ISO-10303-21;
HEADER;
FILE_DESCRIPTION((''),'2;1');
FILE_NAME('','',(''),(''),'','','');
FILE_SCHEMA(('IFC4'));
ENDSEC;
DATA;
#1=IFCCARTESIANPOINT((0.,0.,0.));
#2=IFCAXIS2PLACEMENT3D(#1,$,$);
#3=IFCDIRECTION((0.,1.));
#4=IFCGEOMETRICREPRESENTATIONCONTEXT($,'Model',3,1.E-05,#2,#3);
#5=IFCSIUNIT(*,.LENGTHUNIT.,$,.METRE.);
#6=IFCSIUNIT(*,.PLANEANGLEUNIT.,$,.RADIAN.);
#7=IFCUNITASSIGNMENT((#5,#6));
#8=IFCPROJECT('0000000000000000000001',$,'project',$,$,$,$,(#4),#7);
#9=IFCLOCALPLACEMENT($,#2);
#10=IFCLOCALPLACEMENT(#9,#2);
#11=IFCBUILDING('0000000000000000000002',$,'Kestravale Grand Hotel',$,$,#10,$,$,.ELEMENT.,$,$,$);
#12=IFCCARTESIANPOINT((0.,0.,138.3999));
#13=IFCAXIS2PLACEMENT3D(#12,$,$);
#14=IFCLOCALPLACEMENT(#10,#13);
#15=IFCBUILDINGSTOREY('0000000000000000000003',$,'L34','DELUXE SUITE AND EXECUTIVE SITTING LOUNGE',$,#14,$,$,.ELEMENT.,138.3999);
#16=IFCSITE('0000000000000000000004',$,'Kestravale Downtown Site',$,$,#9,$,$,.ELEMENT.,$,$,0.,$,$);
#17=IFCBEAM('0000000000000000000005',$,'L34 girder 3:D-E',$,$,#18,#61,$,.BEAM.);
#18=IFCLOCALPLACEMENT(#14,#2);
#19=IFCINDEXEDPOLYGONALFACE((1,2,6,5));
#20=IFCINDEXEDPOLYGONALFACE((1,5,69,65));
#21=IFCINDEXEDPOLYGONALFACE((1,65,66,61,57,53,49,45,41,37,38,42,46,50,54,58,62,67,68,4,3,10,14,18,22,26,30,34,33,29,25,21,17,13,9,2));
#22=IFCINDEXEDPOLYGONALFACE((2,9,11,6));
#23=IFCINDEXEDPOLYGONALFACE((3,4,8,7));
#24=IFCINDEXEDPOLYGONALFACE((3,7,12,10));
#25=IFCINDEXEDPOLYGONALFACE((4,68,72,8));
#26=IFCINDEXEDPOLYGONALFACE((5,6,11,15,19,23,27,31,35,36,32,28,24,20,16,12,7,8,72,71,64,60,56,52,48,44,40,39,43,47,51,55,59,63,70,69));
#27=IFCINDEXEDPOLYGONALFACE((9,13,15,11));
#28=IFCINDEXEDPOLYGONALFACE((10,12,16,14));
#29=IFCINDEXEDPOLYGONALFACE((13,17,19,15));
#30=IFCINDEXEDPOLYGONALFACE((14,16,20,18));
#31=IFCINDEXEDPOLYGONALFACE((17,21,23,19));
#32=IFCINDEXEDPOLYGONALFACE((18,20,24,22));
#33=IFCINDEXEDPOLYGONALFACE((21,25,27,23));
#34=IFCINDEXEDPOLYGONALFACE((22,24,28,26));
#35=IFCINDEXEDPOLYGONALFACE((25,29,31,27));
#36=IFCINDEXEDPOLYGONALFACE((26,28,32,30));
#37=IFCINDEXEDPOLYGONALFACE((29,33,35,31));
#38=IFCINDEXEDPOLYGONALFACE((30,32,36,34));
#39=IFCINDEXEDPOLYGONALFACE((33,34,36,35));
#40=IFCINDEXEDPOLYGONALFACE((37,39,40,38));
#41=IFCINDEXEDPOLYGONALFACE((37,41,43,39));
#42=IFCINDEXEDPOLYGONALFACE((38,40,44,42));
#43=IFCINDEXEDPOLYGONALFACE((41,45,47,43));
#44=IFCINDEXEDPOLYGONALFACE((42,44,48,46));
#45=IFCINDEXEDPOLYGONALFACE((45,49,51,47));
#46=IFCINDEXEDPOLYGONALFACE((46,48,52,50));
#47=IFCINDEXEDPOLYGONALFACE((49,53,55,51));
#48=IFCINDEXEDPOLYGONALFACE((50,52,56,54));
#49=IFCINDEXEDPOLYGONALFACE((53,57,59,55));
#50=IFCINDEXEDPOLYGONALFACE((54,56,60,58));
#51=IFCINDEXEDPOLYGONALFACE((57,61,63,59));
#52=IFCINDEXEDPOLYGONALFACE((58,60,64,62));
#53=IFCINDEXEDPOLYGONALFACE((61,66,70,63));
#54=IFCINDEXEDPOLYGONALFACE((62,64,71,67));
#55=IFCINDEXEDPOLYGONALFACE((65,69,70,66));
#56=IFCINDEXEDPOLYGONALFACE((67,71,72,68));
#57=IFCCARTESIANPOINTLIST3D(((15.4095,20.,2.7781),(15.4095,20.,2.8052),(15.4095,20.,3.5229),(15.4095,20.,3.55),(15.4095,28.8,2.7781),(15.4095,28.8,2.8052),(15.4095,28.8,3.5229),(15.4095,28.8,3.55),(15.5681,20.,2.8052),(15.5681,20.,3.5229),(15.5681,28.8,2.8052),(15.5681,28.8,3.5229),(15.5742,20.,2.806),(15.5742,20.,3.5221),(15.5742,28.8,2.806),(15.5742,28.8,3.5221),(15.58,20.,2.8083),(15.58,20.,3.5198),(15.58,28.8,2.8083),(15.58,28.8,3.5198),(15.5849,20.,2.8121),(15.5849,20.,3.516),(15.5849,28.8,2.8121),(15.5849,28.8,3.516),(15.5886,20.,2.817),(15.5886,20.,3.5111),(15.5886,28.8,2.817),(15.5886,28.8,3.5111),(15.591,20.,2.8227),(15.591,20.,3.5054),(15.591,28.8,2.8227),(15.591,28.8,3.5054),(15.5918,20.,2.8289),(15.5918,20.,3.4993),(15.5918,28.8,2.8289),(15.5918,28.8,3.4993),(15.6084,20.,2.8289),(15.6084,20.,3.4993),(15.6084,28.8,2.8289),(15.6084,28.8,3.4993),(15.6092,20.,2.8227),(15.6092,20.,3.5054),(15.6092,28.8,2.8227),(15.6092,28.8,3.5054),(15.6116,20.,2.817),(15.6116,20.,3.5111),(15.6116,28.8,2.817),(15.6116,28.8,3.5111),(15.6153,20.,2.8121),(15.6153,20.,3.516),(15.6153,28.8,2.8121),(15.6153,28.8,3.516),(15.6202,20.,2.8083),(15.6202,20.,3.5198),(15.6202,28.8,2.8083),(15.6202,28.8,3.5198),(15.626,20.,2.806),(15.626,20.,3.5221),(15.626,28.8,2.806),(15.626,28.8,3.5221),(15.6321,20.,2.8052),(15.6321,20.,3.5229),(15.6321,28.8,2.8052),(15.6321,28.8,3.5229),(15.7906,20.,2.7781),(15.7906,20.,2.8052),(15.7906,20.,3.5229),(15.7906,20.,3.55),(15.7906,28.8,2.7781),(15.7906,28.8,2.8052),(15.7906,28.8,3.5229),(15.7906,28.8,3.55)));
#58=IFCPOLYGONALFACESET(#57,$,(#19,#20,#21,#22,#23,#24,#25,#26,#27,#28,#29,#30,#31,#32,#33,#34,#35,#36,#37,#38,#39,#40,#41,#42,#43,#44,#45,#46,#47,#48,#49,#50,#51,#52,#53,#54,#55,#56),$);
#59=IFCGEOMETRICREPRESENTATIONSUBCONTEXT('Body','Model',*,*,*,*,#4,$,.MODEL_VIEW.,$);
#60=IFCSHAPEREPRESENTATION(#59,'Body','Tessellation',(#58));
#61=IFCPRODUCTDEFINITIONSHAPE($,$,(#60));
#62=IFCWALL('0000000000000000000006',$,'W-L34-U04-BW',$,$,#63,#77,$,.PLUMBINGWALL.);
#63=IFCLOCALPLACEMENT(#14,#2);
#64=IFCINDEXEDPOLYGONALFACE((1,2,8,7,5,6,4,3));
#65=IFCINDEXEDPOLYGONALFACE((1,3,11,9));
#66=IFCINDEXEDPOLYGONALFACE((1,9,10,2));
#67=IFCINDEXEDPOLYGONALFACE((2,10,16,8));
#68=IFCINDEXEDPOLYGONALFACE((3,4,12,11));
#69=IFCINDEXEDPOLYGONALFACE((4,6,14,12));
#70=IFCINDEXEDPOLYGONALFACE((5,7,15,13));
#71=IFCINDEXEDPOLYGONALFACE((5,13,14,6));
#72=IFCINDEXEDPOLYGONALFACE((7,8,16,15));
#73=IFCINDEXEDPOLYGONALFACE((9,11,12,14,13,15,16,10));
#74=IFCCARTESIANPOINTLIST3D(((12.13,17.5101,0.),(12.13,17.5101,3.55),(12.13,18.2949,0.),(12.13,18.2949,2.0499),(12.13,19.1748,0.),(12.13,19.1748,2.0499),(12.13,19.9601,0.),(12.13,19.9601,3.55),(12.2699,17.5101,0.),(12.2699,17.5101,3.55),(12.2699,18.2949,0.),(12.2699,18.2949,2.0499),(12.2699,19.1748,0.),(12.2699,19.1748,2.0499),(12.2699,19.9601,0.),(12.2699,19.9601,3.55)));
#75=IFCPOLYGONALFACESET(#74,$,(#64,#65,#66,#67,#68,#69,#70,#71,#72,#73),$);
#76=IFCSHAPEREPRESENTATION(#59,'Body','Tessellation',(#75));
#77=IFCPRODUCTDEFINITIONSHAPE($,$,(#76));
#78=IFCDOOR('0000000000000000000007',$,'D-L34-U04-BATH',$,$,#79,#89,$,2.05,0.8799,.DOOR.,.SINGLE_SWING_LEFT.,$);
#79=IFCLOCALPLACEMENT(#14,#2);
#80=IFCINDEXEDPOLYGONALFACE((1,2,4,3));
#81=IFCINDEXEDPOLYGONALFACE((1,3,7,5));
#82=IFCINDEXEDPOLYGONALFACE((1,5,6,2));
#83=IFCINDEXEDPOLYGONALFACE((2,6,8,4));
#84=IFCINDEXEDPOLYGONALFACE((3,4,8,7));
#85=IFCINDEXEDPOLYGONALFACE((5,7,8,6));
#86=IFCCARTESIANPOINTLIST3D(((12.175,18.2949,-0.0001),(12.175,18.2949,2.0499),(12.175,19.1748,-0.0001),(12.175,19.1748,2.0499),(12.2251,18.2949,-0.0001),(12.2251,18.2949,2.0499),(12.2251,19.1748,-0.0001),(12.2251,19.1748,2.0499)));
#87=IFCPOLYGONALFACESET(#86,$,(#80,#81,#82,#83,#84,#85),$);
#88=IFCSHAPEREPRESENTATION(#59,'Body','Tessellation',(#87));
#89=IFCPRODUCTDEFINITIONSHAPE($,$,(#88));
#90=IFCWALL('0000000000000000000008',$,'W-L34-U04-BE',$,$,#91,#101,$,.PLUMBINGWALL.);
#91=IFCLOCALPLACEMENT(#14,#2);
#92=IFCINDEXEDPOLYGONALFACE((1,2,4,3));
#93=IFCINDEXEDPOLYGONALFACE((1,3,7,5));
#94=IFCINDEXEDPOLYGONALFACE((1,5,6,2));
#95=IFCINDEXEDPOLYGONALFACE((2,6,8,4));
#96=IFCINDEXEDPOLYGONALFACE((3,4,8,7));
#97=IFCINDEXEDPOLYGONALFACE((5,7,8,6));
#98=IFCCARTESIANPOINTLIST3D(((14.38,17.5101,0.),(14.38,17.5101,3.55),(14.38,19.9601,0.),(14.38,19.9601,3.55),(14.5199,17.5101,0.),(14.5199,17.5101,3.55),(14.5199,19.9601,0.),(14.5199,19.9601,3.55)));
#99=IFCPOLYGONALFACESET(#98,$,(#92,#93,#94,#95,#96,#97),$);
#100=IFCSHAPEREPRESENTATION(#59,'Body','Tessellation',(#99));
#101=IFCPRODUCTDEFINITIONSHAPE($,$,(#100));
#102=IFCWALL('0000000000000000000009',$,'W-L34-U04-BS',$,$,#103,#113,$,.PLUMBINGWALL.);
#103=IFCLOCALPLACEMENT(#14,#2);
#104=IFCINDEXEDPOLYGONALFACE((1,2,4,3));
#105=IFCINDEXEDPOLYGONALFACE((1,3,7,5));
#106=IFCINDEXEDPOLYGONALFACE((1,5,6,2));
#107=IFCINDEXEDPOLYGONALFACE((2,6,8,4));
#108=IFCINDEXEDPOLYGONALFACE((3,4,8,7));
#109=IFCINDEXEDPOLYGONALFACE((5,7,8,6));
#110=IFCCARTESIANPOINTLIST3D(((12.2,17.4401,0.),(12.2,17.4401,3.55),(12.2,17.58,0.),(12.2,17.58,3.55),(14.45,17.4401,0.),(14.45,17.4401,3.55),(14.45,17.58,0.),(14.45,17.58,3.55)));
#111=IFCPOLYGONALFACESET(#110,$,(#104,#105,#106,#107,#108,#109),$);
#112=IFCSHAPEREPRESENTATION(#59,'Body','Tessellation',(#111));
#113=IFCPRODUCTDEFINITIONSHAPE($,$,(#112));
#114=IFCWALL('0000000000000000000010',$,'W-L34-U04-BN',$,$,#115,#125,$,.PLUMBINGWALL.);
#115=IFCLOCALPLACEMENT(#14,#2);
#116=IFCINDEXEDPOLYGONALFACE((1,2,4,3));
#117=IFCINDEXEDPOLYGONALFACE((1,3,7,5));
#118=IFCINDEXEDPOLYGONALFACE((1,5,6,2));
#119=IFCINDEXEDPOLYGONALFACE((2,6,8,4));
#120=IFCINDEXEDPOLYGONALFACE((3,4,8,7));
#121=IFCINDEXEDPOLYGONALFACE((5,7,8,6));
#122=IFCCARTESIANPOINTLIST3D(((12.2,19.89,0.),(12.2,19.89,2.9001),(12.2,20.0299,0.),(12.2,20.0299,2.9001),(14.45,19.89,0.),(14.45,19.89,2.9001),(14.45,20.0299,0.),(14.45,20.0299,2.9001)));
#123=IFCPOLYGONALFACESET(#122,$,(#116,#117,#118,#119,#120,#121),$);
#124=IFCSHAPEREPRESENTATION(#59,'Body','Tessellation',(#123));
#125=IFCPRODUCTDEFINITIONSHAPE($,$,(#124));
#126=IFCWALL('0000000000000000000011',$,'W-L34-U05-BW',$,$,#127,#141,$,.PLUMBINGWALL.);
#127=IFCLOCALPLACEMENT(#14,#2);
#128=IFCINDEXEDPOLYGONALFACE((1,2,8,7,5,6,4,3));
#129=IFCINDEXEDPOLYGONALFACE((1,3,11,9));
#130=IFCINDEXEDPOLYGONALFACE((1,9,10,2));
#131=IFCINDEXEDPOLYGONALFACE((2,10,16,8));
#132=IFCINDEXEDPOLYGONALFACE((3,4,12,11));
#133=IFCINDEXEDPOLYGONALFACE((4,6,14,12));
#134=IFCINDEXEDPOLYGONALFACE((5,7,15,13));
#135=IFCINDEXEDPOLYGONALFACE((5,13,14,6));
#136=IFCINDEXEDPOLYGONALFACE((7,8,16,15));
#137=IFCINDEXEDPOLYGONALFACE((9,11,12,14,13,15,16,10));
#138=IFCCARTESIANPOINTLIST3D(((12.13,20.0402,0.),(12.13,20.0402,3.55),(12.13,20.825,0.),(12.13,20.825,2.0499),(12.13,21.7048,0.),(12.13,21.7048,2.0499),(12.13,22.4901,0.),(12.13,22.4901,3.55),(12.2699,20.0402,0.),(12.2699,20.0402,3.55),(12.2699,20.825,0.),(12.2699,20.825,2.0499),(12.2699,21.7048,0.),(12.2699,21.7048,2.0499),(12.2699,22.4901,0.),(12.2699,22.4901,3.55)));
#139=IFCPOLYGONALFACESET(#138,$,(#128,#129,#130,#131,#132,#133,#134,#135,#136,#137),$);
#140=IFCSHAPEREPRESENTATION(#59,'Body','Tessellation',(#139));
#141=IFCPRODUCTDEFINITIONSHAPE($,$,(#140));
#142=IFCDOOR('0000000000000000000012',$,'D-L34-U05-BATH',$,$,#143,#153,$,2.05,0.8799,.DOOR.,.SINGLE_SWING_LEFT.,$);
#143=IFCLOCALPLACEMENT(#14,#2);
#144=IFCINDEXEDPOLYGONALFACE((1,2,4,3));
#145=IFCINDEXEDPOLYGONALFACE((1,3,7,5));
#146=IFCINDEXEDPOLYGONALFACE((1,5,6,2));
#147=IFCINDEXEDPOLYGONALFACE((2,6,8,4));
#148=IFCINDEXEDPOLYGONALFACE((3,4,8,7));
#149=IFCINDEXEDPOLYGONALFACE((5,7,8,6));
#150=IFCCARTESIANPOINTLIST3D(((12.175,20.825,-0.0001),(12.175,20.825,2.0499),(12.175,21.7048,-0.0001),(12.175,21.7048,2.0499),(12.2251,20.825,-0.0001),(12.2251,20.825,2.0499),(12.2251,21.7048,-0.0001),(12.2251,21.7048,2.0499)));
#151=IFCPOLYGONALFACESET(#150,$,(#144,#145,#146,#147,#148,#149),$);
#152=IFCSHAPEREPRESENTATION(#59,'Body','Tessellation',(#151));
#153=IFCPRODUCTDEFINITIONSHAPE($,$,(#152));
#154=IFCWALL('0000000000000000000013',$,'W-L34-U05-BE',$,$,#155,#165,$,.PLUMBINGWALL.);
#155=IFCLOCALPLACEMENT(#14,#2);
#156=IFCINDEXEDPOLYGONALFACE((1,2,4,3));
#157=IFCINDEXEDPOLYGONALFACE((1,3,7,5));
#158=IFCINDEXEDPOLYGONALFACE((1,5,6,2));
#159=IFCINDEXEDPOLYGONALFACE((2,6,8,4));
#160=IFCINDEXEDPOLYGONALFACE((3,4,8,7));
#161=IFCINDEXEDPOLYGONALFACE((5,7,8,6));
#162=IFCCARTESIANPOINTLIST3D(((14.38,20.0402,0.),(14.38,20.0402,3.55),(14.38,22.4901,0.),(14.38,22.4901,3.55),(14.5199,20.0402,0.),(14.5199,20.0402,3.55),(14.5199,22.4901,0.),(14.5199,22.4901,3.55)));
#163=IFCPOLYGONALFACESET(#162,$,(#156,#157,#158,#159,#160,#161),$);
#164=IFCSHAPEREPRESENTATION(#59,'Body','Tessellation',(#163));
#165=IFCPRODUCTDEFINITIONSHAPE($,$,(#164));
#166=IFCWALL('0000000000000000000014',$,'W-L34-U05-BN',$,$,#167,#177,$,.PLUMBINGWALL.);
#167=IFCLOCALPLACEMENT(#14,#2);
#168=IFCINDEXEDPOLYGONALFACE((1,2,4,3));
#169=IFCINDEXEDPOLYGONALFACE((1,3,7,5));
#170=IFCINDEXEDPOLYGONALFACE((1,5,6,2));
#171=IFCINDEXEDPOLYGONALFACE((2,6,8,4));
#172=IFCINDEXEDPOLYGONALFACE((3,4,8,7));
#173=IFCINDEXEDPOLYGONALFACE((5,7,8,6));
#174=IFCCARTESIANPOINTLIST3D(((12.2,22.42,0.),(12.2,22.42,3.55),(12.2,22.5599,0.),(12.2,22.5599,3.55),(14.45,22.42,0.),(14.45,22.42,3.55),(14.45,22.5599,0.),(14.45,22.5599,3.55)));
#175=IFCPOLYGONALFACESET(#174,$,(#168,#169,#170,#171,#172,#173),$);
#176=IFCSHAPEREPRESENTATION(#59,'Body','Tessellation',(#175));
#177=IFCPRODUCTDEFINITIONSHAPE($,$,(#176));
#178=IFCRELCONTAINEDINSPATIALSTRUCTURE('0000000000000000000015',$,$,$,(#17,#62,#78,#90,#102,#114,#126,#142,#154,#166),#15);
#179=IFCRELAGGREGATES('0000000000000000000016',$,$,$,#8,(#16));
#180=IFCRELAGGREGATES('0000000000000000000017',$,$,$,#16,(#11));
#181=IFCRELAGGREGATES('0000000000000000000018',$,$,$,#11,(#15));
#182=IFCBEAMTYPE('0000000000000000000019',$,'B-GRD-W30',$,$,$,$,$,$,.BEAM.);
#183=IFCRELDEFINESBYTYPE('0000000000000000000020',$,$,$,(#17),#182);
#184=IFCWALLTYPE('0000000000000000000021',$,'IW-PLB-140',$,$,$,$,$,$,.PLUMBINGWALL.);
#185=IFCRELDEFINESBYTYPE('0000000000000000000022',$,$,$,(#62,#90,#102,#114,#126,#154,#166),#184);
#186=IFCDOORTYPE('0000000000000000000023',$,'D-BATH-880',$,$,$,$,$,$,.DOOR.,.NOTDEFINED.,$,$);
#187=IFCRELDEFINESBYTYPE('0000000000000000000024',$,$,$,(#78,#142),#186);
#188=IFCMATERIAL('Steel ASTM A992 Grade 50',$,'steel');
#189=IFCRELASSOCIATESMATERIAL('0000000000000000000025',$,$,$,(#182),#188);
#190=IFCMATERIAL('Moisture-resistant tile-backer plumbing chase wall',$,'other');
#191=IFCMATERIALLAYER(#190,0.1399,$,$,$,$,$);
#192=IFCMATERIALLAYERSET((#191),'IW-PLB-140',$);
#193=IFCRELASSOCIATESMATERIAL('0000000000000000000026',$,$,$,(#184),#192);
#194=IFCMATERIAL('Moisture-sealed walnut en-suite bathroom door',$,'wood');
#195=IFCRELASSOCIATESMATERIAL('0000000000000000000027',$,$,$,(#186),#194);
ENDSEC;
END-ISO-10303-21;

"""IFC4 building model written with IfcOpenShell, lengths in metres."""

from ifc_helpers import new_model, si_unit, direction, frame, frame_2d, origin, origin_2d, place, context, subcontext, project, spatial, rectangle, i_section, extrude, material, layer, layer_set, material_profile, profile_set, type_object, element, fill, save


model = new_model("IFC4")

# Units and contexts
model_context = context("Model", 3, precision=1e-05, world=origin(), true_north=direction((0.0, 1.0)))
body_context = subcontext(model_context, "Body", "Model", "MODEL_VIEW")
ifc_project = project(units=[si_unit("LENGTHUNIT", "METRE"), si_unit("PLANEANGLEUNIT", "RADIAN")], contexts=[model_context])

# Site, building, storey
site_placement = place(None, origin())
site = spatial("IfcSite", under=ifc_project, at=site_placement, Name="Kestravale Downtown Site", CompositionType="ELEMENT", RefElevation=0.0)
building_placement = place(site_placement, origin())
building = spatial("IfcBuilding", under=site, at=building_placement, Name="Kestravale Grand Hotel", CompositionType="ELEMENT")
storey_placement = place(building_placement, frame((0.0, 0.0, 138.3999)))
storey = spatial("IfcBuildingStorey", under=building, at=storey_placement, Name="L34", Description="DELUXE SUITE AND EXECUTIVE SITTING LOUNGE", CompositionType="ELEMENT", Elevation=138.3999)

# Beam
ifc_material_1 = material(Name="Steel ASTM A992 Grade 50", Category="steel")
ifc_material_profile_1 = material_profile(ifc_material_1, i_section(OverallWidth=0.3811, OverallDepth=0.772, WebThickness=0.0166, FlangeThickness=0.0271, FilletRadius=0.0237, at=origin_2d()))
ifc_profile_set_1 = profile_set([ifc_material_profile_1], Name="Steel ASTM A992 Grade 50")
beam_type_1 = type_object("IfcBeamType", Name="B-GRD-W30", PredefinedType="BEAM", material=ifc_profile_set_1)
beam_1_placement = place(storey_placement, frame((15.6001, 20.0, 3.1641), z_axis=(0.0, 1.0, 0.0), x_axis=(-1.0, 0.0, 0.0)))
element("IfcBeam", 1, at=beam_1_placement, inside=storey, type_object=beam_type_1, Name="L34 girder 3:D-E", PredefinedType="BEAM", context=body_context, shape_type="SweptSolid", body=[
    extrude(i_section(OverallWidth=0.3811, OverallDepth=0.772, WebThickness=0.0166, FlangeThickness=0.0271, FilletRadius=0.0237, at=origin_2d()), origin(), (0.0, 0.0, 1.0), 8.8),
])

# Wall, opening, door
ifc_material_2 = material(Name="Moisture-resistant tile-backer plumbing chase wall", Category="other")
ifc_layer_1 = layer(ifc_material_2, 0.1399)
ifc_layer_set_1 = layer_set([ifc_layer_1], Name="IW-PLB-140")
wall_type_1 = type_object("IfcWallType", Name="IW-PLB-140", PredefinedType="PLUMBINGWALL", material=ifc_layer_set_1)
wall_1_placement = place(storey_placement, frame((12.2, 17.51, 0.0), z_axis=(0.0, 0.0, 1.0), x_axis=(0.0, 1.0, 0.0)))
wall_1 = element("IfcWall", 2, at=wall_1_placement, inside=storey, type_object=wall_type_1, Name="W-L34-U04-BW", PredefinedType="PLUMBINGWALL", context=body_context, shape_type="SweptSolid", body=[
    extrude(rectangle(XDim=2.45, YDim=0.1399, at=frame_2d((1.2251, 0.0))), origin(), (0.0, 0.0, 1.0), 3.55),
])
opening_1_placement = place(wall_1_placement, frame((0.7849, 0.0, 0.0)))
opening_1 = element("IfcOpeningElement", 3, at=opening_1_placement, cuts=wall_1, PredefinedType="OPENING", context=body_context, shape_type="SweptSolid", body=[
    extrude(rectangle(XDim=0.8799, YDim=2.05, at=frame_2d((0.4399, 1.0249))), frame((0.0, 0.0798, 0.0), z_axis=(0.0, -1.0, 0.0), x_axis=(1.0, 0.0, 0.0)), (0.0, 0.0, 1.0), 0.1599),
])
ifc_material_3 = material(Name="Moisture-sealed walnut en-suite bathroom door", Category="wood")
door_type = type_object("IfcDoorType", Name="D-BATH-880", OperationType="NOTDEFINED", PredefinedType="DOOR", material=ifc_material_3)
door_1_placement = place(opening_1_placement, origin())
door_1 = element("IfcDoor", 4, at=door_1_placement, inside=storey, type_object=door_type, Name="D-L34-U04-BATH", OperationType="SINGLE_SWING_LEFT", OverallHeight=2.05, OverallWidth=0.8799, PredefinedType="DOOR", context=body_context, shape_type="SweptSolid", body=[
    extrude(rectangle(XDim=0.8799, YDim=2.05, at=frame_2d((0.4399, 1.0249))), frame((0.0, 0.0249, 0.0), z_axis=(0.0, -1.0, 0.0), x_axis=(1.0, 0.0, 0.0)), (0.0, 0.0, 1.0), 0.05),
])
fill(opening_1, door_1)

# Walls
wall_2_placement = place(storey_placement, frame((14.45, 17.51, 0.0), z_axis=(0.0, 0.0, 1.0), x_axis=(0.0, 1.0, 0.0)))
element("IfcWall", 5, at=wall_2_placement, inside=storey, type_object=wall_type_1, Name="W-L34-U04-BE", PredefinedType="PLUMBINGWALL", context=body_context, shape_type="SweptSolid", body=[
    extrude(rectangle(XDim=2.45, YDim=0.1399, at=frame_2d((1.2251, 0.0))), origin(), (0.0, 0.0, 1.0), 3.55),
])
wall_3_placement = place(storey_placement, frame((12.2, 17.51, 0.0), z_axis=(0.0, 0.0, 1.0), x_axis=(1.0, 0.0, 0.0)))
element("IfcWall", 6, at=wall_3_placement, inside=storey, type_object=wall_type_1, Name="W-L34-U04-BS", PredefinedType="PLUMBINGWALL", context=body_context, shape_type="SweptSolid", body=[
    extrude(rectangle(XDim=2.25, YDim=0.1399, at=frame_2d((1.125, 0.0))), origin(), (0.0, 0.0, 1.0), 3.55),
])
wall_4_placement = place(storey_placement, frame((12.2, 19.96, 0.0), z_axis=(0.0, 0.0, 1.0), x_axis=(1.0, 0.0, 0.0)))
element("IfcWall", 7, at=wall_4_placement, inside=storey, type_object=wall_type_1, Name="W-L34-U04-BN", PredefinedType="PLUMBINGWALL", context=body_context, shape_type="SweptSolid", body=[
    extrude(rectangle(XDim=2.25, YDim=0.1399, at=frame_2d((1.125, 0.0))), origin(), (0.0, 0.0, 1.0), 2.9001),
])

# Wall, opening, door
wall_5_placement = place(storey_placement, frame((12.2, 20.04, 0.0), z_axis=(0.0, 0.0, 1.0), x_axis=(0.0, 1.0, 0.0)))
wall_5 = element("IfcWall", 8, at=wall_5_placement, inside=storey, type_object=wall_type_1, Name="W-L34-U05-BW", PredefinedType="PLUMBINGWALL", context=body_context, shape_type="SweptSolid", body=[
    extrude(rectangle(XDim=2.45, YDim=0.1399, at=frame_2d((1.2251, 0.0))), origin(), (0.0, 0.0, 1.0), 3.55),
])
opening_2_placement = place(wall_5_placement, frame((0.7849, 0.0, 0.0)))
opening_2 = element("IfcOpeningElement", 9, at=opening_2_placement, cuts=wall_5, PredefinedType="OPENING", context=body_context, shape_type="SweptSolid", body=[
    extrude(rectangle(XDim=0.8799, YDim=2.05, at=frame_2d((0.4399, 1.0249))), frame((0.0, 0.0798, 0.0), z_axis=(0.0, -1.0, 0.0), x_axis=(1.0, 0.0, 0.0)), (0.0, 0.0, 1.0), 0.1599),
])
door_2_placement = place(opening_2_placement, origin())
door_2 = element("IfcDoor", 10, at=door_2_placement, inside=storey, type_object=door_type, Name="D-L34-U05-BATH", OperationType="SINGLE_SWING_LEFT", OverallHeight=2.05, OverallWidth=0.8799, PredefinedType="DOOR", context=body_context, shape_type="SweptSolid", body=[
    extrude(rectangle(XDim=0.8799, YDim=2.05, at=frame_2d((0.4399, 1.0249))), frame((0.0, 0.0249, 0.0), z_axis=(0.0, -1.0, 0.0), x_axis=(1.0, 0.0, 0.0)), (0.0, 0.0, 1.0), 0.05),
])
fill(opening_2, door_2)

# Walls
wall_6_placement = place(storey_placement, frame((14.45, 20.04, 0.0), z_axis=(0.0, 0.0, 1.0), x_axis=(0.0, 1.0, 0.0)))
element("IfcWall", 11, at=wall_6_placement, inside=storey, type_object=wall_type_1, Name="W-L34-U05-BE", PredefinedType="PLUMBINGWALL", context=body_context, shape_type="SweptSolid", body=[
    extrude(rectangle(XDim=2.45, YDim=0.1399, at=frame_2d((1.2251, 0.0))), origin(), (0.0, 0.0, 1.0), 3.55),
])
wall_7_placement = place(storey_placement, frame((12.2, 22.49, 0.0), z_axis=(0.0, 0.0, 1.0), x_axis=(1.0, 0.0, 0.0)))
element("IfcWall", 12, at=wall_7_placement, inside=storey, type_object=wall_type_1, Name="W-L34-U05-BN", PredefinedType="PLUMBINGWALL", context=body_context, shape_type="SweptSolid", body=[
    extrude(rectangle(XDim=2.25, YDim=0.1399, at=frame_2d((1.125, 0.0))), origin(), (0.0, 0.0, 1.0), 3.55),
])

save(model, "model.ifc")
